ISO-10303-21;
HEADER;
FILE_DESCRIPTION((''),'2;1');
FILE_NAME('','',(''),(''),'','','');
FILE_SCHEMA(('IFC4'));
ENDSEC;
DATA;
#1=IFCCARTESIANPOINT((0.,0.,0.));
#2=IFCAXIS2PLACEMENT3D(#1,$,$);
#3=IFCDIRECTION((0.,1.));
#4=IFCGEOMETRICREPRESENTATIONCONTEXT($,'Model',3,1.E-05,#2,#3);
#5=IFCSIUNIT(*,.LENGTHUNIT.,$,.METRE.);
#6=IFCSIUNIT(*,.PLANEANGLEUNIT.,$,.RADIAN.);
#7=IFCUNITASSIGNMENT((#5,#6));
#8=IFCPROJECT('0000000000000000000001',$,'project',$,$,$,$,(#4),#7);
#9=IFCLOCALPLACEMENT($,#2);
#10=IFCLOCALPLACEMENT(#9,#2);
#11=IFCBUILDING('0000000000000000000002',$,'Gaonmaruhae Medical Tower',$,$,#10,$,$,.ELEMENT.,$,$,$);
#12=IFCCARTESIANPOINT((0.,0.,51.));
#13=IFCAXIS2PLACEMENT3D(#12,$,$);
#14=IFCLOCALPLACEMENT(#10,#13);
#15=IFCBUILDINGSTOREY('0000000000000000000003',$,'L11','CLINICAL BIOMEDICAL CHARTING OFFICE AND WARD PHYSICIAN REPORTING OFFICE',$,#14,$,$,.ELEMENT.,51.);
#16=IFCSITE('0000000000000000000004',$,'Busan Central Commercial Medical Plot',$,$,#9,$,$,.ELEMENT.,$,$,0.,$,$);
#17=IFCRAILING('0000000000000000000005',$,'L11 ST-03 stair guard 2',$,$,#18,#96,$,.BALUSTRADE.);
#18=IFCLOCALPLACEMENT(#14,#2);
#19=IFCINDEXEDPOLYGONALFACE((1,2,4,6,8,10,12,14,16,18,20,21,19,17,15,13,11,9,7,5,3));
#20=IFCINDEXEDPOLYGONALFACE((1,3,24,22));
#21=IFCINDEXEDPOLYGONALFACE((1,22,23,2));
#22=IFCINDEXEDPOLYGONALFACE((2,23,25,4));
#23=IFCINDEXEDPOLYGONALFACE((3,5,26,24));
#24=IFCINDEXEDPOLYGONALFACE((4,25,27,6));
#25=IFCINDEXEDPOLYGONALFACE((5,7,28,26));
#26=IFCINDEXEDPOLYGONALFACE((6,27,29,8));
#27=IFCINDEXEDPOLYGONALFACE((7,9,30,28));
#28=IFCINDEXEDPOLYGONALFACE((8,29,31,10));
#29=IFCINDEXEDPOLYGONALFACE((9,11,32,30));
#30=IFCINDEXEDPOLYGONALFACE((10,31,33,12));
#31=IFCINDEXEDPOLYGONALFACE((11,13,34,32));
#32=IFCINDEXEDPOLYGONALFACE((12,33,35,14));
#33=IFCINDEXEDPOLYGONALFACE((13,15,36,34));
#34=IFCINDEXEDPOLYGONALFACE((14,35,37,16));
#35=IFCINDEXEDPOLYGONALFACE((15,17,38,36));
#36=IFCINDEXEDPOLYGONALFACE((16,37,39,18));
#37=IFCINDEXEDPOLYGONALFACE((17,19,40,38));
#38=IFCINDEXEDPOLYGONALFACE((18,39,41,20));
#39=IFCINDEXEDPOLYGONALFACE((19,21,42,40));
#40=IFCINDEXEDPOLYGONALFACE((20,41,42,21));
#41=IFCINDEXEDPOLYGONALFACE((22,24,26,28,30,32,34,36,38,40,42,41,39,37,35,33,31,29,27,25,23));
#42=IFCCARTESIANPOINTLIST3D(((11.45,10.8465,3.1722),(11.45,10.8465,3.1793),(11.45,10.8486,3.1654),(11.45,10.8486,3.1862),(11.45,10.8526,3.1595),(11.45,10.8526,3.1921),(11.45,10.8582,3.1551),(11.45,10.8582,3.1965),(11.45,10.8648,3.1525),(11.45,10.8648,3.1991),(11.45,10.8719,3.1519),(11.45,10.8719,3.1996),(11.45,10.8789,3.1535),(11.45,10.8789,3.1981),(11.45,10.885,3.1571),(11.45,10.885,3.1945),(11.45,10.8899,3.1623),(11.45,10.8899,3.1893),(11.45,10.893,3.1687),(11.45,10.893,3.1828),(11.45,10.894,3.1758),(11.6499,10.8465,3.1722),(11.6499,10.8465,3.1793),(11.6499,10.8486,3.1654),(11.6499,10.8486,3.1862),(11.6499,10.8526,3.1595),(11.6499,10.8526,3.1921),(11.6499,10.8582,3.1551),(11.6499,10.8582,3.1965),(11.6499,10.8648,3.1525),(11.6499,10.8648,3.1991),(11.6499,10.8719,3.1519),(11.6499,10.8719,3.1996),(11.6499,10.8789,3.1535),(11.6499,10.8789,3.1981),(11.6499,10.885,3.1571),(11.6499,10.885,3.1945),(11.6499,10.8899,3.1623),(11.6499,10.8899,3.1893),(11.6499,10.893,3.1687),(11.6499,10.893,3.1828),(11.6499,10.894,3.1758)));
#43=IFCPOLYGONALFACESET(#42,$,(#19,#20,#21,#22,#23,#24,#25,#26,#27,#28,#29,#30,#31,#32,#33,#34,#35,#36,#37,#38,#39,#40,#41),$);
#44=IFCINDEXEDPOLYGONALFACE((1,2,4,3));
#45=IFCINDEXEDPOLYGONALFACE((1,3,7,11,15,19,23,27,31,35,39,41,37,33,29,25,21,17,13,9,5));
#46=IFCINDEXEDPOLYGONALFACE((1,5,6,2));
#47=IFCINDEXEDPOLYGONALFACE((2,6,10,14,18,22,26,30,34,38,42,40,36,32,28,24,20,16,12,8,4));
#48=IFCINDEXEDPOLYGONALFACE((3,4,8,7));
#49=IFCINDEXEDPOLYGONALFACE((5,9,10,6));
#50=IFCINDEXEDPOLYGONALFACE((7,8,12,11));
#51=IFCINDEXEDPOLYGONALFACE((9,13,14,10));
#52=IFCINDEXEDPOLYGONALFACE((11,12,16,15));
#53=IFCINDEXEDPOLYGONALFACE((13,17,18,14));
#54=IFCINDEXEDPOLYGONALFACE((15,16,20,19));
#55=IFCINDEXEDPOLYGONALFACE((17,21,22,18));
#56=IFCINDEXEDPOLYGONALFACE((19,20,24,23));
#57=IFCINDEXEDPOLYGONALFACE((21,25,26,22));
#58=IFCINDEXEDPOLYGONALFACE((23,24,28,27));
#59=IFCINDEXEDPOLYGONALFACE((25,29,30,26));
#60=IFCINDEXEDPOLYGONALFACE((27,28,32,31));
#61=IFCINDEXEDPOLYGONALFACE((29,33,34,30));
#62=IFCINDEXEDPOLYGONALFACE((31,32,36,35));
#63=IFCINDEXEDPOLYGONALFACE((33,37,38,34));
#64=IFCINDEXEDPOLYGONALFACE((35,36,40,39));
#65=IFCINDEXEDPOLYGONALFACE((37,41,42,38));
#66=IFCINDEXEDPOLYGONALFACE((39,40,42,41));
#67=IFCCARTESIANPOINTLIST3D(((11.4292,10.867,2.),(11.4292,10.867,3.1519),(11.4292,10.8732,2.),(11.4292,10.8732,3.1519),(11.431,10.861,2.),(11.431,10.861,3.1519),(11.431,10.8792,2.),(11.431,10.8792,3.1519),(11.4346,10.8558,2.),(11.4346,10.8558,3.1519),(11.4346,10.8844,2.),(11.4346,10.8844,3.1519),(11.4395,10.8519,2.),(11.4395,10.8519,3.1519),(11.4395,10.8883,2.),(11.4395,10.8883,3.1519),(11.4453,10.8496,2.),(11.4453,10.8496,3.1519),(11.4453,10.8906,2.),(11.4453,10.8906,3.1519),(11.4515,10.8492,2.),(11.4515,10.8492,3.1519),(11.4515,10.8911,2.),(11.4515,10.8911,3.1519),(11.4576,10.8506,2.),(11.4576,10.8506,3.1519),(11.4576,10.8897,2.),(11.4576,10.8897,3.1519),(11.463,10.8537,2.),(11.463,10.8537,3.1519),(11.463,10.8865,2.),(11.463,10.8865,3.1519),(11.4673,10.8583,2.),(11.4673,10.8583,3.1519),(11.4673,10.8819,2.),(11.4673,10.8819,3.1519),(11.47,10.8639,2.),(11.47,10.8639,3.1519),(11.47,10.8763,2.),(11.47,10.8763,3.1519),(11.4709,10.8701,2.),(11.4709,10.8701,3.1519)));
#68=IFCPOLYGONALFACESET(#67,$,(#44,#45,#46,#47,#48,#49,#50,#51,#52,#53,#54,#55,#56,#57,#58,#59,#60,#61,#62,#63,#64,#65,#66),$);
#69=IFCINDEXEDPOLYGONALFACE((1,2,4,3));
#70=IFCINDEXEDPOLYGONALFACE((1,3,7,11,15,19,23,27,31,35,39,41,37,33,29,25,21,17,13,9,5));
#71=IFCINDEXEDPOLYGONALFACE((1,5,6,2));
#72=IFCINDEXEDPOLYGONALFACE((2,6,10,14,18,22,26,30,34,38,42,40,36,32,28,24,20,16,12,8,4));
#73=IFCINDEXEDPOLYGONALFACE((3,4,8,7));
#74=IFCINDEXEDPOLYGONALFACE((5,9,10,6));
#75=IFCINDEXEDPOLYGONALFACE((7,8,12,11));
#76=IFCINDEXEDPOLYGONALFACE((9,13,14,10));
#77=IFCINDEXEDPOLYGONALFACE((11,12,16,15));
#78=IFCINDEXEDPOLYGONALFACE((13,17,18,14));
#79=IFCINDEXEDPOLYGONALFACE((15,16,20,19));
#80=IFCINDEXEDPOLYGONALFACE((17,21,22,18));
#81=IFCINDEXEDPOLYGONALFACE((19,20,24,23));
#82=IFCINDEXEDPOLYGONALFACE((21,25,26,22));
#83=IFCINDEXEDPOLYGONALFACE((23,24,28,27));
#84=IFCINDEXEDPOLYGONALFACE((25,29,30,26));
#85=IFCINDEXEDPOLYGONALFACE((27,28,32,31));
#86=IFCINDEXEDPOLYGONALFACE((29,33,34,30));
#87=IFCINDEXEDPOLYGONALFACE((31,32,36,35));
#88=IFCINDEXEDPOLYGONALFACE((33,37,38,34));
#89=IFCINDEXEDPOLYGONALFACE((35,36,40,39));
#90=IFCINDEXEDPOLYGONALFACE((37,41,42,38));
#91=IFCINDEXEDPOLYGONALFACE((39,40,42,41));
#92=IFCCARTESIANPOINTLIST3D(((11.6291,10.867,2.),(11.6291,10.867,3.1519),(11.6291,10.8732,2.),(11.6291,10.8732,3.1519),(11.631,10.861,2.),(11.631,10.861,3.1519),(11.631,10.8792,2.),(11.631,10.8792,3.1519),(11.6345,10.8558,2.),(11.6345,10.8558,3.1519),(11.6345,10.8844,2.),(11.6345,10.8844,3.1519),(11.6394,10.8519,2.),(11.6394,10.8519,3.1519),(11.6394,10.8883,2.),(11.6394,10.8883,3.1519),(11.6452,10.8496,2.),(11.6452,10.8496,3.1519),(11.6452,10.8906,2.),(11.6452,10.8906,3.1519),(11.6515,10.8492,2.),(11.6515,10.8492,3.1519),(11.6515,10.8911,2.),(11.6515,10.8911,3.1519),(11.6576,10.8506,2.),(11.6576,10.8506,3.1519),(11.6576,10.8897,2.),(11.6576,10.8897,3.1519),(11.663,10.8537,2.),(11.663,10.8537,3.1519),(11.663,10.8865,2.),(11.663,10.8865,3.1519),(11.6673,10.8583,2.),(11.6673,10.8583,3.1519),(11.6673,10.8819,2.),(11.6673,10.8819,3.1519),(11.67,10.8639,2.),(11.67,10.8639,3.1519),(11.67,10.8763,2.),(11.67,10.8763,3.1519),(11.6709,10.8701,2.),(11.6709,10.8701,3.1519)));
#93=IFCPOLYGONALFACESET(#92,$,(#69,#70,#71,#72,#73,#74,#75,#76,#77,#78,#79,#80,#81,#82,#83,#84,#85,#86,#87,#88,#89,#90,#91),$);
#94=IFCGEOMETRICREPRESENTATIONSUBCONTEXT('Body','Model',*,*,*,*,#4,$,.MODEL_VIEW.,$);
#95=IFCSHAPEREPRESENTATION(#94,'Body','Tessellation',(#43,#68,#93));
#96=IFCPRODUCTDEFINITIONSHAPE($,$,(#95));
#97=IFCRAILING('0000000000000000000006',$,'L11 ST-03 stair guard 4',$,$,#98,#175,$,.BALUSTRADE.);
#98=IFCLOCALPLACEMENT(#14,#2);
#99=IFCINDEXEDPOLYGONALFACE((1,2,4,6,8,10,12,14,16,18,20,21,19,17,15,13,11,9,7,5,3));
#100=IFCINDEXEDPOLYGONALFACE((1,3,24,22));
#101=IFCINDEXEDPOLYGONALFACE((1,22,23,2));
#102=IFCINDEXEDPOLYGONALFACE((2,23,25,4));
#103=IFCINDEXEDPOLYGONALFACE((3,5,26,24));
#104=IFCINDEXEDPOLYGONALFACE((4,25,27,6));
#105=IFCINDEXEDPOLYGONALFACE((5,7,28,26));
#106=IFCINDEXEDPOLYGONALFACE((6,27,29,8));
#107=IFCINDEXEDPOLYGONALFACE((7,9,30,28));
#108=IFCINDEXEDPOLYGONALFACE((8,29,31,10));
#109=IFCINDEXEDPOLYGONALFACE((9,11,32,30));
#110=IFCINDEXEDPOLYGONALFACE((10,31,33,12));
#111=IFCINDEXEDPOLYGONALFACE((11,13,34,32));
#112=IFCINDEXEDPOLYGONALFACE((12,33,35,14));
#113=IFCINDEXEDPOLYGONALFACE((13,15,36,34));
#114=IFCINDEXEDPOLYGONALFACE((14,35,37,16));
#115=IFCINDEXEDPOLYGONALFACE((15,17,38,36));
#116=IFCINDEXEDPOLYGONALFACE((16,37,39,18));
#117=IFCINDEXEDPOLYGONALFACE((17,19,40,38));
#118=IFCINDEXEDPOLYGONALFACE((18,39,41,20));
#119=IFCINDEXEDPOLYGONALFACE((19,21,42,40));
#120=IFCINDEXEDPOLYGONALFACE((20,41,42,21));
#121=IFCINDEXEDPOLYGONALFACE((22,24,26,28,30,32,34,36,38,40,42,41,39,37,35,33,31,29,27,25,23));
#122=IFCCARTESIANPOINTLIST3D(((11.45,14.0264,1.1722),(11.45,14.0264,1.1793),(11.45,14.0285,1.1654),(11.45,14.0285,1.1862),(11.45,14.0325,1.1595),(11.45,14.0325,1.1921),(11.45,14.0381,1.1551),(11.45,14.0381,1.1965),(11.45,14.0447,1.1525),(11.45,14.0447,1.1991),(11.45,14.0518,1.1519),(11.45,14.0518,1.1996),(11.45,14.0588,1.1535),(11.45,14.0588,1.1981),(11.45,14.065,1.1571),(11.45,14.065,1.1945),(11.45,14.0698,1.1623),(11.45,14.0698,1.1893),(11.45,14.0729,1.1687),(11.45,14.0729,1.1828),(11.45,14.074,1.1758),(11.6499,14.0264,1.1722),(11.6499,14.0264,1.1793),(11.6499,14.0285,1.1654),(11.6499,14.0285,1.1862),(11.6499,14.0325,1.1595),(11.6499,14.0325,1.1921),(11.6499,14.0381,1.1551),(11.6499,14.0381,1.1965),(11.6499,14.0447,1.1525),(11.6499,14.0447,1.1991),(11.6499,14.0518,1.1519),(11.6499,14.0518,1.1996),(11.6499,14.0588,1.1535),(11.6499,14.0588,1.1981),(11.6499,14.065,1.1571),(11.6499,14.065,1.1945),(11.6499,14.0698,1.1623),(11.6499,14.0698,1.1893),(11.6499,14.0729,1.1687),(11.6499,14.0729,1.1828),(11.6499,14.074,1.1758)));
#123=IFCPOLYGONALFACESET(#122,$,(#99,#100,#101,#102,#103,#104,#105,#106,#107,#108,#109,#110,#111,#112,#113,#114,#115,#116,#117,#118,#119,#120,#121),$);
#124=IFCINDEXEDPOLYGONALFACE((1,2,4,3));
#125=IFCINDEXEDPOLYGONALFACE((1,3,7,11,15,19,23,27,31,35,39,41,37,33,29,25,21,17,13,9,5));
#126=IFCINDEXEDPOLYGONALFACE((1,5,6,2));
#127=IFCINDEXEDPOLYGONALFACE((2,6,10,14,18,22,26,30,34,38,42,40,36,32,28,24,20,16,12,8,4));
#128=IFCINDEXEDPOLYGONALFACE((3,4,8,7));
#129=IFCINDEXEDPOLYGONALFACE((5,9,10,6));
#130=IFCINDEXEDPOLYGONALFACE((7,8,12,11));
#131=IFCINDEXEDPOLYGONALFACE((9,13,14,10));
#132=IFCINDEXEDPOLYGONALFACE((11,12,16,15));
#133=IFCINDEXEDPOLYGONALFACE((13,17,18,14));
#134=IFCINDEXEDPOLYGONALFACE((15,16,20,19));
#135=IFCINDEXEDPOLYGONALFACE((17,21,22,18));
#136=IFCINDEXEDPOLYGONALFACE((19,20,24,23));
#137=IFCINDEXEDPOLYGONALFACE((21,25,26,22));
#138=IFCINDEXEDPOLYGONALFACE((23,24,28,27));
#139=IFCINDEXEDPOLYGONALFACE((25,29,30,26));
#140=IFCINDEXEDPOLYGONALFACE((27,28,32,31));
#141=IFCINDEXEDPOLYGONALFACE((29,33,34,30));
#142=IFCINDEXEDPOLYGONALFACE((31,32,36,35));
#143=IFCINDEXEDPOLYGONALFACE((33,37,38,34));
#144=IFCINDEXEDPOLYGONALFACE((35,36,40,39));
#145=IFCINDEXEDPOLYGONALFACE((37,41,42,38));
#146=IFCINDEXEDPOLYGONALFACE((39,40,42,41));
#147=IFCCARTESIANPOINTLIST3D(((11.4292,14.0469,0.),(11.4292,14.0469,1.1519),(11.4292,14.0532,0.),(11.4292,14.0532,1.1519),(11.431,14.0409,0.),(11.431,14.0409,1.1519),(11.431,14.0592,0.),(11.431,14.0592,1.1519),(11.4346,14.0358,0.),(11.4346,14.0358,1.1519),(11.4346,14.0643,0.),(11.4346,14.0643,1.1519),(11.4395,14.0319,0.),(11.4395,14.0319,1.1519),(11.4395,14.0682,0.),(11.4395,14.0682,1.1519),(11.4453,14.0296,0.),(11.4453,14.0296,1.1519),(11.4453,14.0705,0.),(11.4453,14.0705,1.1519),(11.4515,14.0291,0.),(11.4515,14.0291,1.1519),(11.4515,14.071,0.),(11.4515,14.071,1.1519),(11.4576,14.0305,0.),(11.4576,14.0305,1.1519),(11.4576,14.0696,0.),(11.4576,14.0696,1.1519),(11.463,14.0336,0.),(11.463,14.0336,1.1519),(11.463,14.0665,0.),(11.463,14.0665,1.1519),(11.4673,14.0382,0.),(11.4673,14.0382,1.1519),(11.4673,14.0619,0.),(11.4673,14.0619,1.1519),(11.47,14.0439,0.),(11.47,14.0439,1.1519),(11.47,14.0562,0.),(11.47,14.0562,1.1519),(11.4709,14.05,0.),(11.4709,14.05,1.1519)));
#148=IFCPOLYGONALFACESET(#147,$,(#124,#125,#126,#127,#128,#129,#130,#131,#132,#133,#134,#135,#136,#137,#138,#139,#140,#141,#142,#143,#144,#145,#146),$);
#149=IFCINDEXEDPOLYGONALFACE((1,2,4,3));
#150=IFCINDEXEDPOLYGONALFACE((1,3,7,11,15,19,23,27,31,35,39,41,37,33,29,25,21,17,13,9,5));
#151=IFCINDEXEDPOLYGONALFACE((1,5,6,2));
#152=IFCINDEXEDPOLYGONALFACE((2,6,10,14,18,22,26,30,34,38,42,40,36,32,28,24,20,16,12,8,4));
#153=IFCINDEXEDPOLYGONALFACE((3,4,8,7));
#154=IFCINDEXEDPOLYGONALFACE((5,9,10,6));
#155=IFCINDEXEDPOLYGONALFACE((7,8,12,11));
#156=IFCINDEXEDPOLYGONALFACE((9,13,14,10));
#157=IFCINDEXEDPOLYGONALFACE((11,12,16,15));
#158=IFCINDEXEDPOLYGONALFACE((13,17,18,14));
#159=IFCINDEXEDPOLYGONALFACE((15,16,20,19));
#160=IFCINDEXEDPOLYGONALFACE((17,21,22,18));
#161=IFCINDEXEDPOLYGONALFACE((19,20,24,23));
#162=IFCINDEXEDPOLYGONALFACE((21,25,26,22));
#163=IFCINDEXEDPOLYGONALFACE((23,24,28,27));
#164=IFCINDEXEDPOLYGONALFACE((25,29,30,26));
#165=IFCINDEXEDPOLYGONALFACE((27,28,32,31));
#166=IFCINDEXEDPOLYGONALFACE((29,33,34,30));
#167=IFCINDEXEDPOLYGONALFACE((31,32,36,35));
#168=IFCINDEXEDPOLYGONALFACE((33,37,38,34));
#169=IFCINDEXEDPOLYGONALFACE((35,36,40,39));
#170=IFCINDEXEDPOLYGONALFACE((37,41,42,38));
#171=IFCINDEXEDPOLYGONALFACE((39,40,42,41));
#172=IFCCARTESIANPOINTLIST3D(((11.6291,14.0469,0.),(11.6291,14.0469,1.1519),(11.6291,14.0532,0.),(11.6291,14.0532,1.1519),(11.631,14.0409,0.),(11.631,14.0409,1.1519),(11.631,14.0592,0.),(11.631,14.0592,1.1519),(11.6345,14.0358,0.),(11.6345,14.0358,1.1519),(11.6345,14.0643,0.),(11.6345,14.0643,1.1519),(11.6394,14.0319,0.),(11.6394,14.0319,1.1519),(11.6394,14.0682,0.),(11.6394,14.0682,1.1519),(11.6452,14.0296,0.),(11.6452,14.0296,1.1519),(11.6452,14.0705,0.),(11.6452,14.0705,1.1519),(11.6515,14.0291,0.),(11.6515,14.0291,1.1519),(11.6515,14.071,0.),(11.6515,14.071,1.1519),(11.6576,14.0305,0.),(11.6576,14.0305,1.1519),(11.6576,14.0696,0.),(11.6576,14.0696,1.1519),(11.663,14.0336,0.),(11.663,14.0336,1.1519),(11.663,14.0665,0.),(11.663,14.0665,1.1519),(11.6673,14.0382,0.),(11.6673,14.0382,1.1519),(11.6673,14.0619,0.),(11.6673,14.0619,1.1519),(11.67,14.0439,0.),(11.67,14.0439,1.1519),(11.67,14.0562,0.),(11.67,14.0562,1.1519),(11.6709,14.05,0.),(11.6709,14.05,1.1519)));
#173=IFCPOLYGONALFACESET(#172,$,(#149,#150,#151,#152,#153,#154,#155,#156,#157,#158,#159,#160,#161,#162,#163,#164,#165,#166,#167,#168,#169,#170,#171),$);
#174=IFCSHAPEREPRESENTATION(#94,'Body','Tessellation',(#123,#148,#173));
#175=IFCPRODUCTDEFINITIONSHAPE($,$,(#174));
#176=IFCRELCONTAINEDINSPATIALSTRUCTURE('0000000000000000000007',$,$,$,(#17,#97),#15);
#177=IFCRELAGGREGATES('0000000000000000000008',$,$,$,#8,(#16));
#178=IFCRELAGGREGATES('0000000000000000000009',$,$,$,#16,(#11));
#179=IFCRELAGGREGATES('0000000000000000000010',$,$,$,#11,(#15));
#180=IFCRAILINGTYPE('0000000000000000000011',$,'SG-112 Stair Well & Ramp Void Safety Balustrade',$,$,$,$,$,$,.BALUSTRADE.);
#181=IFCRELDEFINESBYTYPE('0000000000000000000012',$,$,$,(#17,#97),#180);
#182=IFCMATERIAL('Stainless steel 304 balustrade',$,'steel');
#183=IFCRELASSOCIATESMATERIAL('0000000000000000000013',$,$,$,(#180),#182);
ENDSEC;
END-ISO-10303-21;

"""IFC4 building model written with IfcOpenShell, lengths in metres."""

from ifc_helpers import new_model, si_unit, direction, frame, origin, origin_2d, place, context, subcontext, project, spatial, circle, extrude, material, type_object, element, save


model = new_model("IFC4")

# Units and contexts
model_context = context("Model", 3, precision=1e-05, world=origin(), true_north=direction((0.0, 1.0)))
body_context = subcontext(model_context, "Body", "Model", "MODEL_VIEW")
ifc_project = project(units=[si_unit("LENGTHUNIT", "METRE"), si_unit("PLANEANGLEUNIT", "RADIAN")], contexts=[model_context])

# Site, building, storey
site_placement = place(None, origin())
site = spatial("IfcSite", under=ifc_project, at=site_placement, Name="Busan Central Commercial Medical Plot", CompositionType="ELEMENT", RefElevation=0.0)
building_placement = place(site_placement, origin())
building = spatial("IfcBuilding", under=site, at=building_placement, Name="Gaonmaruhae Medical Tower", CompositionType="ELEMENT")
storey_placement = place(building_placement, frame((0.0, 0.0, 51.0)))
storey = spatial("IfcBuildingStorey", under=building, at=storey_placement, Name="L11", Description="CLINICAL BIOMEDICAL CHARTING OFFICE AND WARD PHYSICIAN REPORTING OFFICE", CompositionType="ELEMENT", Elevation=51.0)

# Railings
ifc_material_1 = material(Name="Stainless steel 304 balustrade", Category="steel")
railing_type_1 = type_object("IfcRailingType", Name="SG-112 Stair Well & Ramp Void Safety Balustrade", PredefinedType="BALUSTRADE", material=ifc_material_1)
for number, where, name in (
    (1, (11.45, 10.8701, 2.0), "L11 ST-03 stair guard 2"),
    (2, (11.45, 14.05, 0.0), "L11 ST-03 stair guard 4"),
):
    element("IfcRailing", number, at=place(storey_placement, frame(where)), inside=storey, type_object=railing_type_1, Name=name, PredefinedType="BALUSTRADE", context=body_context, shape_type="SweptSolid", body=[
        extrude(circle(Radius=0.0239, at=origin_2d()), frame((0.0, 0.0, 1.1758), z_axis=(1.0, 0.0, 0.0), x_axis=(0.0, 1.0, 0.0)), (0.0, 0.0, 1.0), 0.2),
        extrude(circle(Radius=0.021, at=origin_2d()), origin(), (0.0, 0.0, 1.0), 1.1519),
        extrude(circle(Radius=0.021, at=origin_2d()), frame((0.2, 0.0, 0.0)), (0.0, 0.0, 1.0), 1.1519),
    ])

save(model, "model.ifc")
